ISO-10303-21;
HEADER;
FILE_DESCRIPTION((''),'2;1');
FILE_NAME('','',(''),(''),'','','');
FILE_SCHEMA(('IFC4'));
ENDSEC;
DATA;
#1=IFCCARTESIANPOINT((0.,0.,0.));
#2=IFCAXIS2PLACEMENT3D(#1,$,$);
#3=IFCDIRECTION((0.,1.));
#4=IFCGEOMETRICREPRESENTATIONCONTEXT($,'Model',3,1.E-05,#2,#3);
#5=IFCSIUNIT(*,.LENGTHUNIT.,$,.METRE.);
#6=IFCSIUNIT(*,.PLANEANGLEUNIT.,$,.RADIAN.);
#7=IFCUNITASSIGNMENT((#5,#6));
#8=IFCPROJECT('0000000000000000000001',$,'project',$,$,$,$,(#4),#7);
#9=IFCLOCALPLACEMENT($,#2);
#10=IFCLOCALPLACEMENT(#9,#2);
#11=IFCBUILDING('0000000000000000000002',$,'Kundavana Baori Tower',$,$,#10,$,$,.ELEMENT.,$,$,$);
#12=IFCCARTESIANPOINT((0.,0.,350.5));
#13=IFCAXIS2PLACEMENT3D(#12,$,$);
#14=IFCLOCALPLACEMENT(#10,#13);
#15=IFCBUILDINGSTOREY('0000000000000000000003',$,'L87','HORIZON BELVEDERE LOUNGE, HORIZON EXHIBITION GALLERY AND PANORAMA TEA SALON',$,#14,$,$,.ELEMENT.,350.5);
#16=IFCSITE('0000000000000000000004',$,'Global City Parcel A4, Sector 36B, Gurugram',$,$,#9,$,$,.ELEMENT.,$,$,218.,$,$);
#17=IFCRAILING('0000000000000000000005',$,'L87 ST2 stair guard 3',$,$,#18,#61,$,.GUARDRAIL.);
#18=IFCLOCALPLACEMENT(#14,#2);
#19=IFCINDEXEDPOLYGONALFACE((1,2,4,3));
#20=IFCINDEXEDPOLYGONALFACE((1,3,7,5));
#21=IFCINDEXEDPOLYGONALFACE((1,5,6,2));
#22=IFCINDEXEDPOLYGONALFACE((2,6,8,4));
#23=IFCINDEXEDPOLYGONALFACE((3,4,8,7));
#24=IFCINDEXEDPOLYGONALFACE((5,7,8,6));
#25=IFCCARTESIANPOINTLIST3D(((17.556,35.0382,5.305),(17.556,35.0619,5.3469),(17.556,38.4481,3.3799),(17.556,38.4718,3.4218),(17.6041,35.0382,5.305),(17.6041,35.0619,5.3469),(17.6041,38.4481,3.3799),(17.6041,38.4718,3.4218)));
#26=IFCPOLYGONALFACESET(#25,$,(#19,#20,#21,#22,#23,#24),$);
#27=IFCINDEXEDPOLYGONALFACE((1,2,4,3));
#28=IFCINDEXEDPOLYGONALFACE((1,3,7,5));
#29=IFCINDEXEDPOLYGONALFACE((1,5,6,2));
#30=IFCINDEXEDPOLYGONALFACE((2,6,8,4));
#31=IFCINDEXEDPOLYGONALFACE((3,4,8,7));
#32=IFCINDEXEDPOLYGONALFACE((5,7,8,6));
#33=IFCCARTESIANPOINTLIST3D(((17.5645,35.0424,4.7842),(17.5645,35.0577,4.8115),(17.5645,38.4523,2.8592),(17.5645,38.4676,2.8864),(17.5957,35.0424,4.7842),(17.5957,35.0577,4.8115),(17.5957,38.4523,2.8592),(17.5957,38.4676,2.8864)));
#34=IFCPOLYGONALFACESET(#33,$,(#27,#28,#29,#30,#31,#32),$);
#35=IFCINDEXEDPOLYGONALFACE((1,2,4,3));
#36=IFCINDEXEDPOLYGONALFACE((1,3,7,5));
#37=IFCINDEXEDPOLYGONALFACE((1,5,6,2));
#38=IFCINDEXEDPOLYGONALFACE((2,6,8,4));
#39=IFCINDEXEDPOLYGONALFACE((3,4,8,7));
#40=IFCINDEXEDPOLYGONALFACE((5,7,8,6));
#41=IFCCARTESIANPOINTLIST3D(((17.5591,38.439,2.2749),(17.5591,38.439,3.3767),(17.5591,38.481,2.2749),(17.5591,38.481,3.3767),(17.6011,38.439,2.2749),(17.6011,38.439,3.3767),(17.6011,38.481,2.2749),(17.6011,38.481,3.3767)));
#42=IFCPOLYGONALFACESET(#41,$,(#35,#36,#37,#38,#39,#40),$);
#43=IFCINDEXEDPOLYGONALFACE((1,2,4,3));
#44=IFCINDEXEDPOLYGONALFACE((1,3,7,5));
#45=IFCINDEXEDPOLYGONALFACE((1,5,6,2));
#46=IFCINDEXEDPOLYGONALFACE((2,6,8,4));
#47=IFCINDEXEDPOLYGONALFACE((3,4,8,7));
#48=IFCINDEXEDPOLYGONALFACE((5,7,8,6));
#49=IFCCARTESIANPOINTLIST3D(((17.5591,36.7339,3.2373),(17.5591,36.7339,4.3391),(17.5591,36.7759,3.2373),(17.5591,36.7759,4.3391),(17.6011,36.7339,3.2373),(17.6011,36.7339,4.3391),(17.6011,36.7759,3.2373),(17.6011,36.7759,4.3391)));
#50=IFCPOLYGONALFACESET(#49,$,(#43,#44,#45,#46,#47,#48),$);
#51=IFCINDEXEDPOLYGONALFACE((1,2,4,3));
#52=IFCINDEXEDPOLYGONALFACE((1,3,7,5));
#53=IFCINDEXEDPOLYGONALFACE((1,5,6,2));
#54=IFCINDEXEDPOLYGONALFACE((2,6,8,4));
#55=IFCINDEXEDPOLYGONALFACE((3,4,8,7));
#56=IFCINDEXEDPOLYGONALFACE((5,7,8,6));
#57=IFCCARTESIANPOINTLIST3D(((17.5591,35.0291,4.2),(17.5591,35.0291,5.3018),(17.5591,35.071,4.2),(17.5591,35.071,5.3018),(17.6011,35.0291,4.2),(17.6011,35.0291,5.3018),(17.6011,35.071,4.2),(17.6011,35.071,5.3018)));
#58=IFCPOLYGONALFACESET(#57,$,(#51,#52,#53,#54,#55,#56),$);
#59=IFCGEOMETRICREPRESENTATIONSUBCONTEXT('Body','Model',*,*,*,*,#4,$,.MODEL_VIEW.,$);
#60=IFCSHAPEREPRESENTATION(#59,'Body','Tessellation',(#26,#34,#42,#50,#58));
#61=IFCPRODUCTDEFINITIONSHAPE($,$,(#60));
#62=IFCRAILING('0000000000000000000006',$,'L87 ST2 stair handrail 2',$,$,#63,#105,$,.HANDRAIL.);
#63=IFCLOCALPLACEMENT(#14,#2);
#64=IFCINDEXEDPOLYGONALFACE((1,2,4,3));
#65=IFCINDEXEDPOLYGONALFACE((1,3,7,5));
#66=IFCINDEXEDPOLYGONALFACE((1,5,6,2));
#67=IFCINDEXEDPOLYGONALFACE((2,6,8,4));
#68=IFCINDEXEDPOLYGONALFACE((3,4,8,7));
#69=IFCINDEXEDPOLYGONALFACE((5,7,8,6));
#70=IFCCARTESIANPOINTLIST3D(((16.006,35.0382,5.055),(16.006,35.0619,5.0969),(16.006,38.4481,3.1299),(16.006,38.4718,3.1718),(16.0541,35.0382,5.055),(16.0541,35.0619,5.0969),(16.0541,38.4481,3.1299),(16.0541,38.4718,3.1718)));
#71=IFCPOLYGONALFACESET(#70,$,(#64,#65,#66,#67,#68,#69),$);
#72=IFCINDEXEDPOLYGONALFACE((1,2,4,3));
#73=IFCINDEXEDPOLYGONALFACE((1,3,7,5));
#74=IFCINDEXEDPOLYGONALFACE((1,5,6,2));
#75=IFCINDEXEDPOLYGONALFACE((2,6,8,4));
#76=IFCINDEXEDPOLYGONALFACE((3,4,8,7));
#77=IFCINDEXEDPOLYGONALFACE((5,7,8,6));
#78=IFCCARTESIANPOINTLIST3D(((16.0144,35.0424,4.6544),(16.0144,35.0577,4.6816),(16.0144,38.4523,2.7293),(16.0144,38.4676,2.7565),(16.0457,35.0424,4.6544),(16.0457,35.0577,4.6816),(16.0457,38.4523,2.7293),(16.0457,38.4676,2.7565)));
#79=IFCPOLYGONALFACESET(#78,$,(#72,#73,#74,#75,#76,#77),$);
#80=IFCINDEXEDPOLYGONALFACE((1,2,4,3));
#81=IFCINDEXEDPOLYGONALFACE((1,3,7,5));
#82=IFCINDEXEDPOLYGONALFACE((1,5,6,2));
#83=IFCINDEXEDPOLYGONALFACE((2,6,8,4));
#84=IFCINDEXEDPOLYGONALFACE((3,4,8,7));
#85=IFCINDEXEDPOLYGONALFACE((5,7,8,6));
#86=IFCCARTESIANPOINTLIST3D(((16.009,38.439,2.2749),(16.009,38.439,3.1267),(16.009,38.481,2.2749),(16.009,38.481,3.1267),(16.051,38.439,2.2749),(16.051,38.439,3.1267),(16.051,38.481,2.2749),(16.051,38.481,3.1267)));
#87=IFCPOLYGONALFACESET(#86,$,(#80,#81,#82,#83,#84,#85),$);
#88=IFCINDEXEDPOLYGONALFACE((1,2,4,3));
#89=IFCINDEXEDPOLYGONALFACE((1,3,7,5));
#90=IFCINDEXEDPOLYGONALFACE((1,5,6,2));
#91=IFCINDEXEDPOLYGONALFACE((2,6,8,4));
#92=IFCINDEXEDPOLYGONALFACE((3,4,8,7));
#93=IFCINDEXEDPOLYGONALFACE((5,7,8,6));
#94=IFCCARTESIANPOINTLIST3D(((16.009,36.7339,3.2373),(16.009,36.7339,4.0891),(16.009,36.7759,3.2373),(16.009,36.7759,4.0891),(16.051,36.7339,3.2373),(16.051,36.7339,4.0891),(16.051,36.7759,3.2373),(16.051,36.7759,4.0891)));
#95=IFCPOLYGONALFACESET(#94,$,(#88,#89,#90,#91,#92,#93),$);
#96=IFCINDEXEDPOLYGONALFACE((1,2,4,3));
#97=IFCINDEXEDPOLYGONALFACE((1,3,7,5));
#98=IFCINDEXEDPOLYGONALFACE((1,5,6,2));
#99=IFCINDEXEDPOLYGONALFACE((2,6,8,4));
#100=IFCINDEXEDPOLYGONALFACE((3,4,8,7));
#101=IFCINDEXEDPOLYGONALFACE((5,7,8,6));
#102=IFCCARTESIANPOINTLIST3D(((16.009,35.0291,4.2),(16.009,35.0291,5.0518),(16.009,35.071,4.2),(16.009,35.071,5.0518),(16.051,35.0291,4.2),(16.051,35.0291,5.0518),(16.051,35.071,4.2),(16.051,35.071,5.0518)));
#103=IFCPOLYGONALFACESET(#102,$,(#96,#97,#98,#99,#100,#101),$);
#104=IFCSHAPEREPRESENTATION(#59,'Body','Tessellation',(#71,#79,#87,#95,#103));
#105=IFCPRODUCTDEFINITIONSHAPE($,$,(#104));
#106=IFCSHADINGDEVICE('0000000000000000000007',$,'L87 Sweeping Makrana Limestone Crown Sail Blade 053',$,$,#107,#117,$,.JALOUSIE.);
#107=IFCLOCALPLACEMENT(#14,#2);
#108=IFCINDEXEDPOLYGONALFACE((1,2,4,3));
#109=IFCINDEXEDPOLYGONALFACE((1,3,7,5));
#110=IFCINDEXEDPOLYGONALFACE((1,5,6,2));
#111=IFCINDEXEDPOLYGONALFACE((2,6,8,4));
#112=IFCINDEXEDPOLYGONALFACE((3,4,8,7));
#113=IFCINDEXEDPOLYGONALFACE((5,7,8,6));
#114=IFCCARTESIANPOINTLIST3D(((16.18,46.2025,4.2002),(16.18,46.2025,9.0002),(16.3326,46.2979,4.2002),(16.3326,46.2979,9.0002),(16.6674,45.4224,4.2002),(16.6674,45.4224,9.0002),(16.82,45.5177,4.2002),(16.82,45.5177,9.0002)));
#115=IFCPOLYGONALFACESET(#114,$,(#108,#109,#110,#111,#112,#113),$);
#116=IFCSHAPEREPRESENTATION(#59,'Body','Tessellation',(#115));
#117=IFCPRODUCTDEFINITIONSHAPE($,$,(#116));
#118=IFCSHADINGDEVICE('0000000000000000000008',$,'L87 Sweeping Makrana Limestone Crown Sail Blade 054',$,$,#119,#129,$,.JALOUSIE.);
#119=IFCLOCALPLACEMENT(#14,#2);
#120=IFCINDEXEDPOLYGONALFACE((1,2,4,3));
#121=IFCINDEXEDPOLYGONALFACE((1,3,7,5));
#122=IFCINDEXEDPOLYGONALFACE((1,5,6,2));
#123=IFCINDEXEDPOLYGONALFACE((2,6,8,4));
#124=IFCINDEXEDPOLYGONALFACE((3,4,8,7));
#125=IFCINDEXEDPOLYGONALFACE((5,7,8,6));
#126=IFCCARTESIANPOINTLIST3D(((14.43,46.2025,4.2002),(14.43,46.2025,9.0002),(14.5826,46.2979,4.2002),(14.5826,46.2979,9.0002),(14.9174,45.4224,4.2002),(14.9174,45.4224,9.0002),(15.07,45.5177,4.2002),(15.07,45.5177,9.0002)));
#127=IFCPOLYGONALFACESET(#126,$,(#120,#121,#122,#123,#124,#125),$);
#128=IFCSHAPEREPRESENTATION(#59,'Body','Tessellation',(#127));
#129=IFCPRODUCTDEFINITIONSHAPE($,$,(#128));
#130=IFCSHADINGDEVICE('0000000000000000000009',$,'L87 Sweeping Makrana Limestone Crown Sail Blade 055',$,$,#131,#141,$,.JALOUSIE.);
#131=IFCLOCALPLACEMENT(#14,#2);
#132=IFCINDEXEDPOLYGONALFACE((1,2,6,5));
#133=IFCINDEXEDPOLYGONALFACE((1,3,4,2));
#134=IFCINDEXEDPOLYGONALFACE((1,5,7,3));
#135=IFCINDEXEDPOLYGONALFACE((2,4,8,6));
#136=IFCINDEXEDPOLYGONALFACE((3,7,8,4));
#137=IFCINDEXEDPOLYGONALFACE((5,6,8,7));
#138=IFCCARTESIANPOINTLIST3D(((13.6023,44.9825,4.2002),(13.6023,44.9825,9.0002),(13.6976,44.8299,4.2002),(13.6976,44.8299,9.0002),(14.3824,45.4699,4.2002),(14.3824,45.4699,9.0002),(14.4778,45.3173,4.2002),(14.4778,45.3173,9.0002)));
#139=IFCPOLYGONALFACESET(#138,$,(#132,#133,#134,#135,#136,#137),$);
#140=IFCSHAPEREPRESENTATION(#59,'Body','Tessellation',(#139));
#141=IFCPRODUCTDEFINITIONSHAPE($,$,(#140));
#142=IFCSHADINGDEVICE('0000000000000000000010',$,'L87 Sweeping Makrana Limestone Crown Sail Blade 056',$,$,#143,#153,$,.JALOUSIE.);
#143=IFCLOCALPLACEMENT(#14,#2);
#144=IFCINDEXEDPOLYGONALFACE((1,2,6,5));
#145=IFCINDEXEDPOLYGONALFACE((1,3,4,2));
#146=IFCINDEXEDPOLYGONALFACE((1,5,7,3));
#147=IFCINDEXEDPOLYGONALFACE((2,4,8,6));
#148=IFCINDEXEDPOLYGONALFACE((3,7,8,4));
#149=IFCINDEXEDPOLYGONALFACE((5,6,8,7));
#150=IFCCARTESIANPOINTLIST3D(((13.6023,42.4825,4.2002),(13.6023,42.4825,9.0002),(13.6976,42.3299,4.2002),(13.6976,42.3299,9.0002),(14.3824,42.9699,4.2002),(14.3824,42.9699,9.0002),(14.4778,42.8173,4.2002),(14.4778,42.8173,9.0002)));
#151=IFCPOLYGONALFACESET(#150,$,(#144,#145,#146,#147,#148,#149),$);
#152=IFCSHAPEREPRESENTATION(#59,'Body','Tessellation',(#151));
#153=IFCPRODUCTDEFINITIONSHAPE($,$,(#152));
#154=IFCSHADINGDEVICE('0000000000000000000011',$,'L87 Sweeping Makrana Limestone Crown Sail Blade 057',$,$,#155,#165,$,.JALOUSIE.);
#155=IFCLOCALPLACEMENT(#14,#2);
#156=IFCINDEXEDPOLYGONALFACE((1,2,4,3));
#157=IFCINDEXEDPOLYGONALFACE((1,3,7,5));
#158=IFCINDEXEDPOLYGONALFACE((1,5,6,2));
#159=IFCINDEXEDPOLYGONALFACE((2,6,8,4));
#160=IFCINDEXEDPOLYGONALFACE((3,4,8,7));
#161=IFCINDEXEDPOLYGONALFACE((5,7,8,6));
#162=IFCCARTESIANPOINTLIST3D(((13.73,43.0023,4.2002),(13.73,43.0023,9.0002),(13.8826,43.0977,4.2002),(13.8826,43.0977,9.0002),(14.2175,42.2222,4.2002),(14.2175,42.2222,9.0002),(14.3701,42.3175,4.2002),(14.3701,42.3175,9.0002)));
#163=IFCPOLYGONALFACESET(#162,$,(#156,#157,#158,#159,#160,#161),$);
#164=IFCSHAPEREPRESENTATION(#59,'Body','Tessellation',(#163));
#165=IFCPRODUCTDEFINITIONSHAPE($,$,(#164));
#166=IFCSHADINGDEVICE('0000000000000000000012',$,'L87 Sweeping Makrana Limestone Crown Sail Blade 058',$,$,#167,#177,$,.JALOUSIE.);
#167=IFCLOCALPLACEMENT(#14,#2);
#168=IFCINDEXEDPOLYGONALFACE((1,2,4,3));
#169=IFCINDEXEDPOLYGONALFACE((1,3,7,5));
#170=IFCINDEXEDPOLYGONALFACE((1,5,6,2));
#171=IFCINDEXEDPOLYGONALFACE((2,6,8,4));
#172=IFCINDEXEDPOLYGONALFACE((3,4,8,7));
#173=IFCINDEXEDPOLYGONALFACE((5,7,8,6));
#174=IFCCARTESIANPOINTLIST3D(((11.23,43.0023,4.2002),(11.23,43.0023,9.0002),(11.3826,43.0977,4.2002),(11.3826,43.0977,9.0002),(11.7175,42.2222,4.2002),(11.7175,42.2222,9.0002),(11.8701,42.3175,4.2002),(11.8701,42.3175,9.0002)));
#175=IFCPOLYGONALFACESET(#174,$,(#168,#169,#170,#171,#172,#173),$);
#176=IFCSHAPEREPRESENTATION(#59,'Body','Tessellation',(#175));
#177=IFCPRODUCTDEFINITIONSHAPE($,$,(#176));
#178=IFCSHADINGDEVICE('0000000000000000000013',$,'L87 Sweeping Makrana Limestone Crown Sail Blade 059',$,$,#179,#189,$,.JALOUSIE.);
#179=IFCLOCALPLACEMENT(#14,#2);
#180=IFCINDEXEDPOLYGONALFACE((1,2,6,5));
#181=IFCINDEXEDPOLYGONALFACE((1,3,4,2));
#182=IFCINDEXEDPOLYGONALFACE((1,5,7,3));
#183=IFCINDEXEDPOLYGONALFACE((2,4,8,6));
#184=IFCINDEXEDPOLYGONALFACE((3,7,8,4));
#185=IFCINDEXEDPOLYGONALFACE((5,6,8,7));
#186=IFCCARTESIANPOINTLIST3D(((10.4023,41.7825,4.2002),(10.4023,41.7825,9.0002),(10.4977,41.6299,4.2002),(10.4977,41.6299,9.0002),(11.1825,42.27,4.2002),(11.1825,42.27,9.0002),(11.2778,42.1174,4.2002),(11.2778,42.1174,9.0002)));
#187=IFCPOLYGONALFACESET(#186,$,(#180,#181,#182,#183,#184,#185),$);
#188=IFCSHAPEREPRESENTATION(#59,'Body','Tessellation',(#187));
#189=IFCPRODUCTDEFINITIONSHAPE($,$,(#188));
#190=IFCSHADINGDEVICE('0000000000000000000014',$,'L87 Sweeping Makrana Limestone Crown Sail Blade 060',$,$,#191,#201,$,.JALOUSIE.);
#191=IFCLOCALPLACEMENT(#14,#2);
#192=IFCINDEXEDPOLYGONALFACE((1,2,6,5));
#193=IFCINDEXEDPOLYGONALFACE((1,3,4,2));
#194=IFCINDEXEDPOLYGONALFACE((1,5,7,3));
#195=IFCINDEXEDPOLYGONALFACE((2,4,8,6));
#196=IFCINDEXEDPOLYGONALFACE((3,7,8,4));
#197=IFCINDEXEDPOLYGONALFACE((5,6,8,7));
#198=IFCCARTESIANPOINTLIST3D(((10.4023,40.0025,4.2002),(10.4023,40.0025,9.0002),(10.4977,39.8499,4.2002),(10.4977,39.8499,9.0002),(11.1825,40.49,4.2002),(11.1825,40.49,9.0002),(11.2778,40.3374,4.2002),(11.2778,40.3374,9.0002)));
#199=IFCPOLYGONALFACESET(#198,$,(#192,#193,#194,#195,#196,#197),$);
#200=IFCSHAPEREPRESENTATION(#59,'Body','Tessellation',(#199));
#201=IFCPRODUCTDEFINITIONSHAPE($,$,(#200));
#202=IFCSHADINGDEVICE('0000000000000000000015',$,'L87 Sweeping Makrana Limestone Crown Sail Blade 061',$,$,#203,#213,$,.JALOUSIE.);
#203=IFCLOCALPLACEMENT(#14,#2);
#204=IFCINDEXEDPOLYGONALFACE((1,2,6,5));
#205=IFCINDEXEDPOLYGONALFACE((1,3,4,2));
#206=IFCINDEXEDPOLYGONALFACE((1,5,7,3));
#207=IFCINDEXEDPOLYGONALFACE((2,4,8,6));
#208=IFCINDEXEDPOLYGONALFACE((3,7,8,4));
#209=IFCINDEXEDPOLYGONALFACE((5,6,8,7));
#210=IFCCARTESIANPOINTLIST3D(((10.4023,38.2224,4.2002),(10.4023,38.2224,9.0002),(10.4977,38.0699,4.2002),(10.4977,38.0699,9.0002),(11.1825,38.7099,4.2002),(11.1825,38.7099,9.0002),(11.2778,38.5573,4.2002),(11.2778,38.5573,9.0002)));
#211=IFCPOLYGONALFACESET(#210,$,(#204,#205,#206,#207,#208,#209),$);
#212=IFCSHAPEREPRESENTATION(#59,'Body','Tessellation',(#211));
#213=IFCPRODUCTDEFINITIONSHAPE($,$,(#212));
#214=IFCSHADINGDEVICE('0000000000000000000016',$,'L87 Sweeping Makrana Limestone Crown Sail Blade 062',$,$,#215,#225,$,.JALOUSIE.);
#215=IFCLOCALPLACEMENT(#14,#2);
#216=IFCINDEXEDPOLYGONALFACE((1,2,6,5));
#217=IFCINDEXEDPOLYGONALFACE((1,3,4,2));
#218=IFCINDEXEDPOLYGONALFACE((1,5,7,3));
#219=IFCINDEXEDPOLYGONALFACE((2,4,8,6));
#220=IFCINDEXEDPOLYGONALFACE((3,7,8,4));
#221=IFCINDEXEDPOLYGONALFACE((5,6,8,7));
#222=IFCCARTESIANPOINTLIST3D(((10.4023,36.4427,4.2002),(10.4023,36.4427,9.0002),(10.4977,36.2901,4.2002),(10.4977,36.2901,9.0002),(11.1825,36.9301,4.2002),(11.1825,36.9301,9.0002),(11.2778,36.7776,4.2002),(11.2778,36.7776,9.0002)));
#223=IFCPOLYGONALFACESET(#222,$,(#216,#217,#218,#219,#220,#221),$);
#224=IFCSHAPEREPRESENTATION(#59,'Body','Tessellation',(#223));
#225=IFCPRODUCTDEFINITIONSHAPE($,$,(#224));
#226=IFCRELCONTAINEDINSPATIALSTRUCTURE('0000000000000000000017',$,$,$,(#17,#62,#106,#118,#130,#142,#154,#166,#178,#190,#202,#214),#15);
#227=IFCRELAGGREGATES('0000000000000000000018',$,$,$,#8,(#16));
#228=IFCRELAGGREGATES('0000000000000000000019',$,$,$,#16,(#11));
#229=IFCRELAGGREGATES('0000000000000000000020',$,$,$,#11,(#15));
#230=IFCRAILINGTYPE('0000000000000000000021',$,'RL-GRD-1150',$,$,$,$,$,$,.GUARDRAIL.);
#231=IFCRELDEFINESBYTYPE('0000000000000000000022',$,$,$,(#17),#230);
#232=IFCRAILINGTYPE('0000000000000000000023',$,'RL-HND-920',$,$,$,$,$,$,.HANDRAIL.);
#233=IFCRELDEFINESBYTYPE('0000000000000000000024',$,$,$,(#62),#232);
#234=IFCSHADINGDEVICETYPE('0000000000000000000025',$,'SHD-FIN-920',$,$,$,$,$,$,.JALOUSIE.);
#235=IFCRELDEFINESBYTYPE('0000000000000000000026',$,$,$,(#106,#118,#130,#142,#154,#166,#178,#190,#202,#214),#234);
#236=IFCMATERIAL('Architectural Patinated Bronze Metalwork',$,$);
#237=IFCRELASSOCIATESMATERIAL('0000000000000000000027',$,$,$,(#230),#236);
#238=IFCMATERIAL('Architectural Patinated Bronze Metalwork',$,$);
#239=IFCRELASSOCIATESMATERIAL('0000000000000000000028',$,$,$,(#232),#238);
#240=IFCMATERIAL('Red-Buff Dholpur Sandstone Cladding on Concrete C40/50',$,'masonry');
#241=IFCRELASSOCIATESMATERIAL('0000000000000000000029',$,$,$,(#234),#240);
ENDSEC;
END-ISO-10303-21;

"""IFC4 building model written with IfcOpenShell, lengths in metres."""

from ifc_helpers import new_model, si_unit, direction, frame, origin, origin_2d, place, context, subcontext, project, spatial, rectangle, extrude, material, type_object, element, save


model = new_model("IFC4")

# Units and contexts
model_context = context("Model", 3, precision=1e-05, world=origin(), true_north=direction((0.0, 1.0)))
body_context = subcontext(model_context, "Body", "Model", "MODEL_VIEW")
ifc_project = project(units=[si_unit("LENGTHUNIT", "METRE"), si_unit("PLANEANGLEUNIT", "RADIAN")], contexts=[model_context])

# Site, building, storey
site_placement = place(None, origin())
site = spatial("IfcSite", under=ifc_project, at=site_placement, Name="Global City Parcel A4, Sector 36B, Gurugram", CompositionType="ELEMENT", RefElevation=218.0)
building_placement = place(site_placement, origin())
building = spatial("IfcBuilding", under=site, at=building_placement, Name="Kundavana Baori Tower", CompositionType="ELEMENT")
storey_placement = place(building_placement, frame((0.0, 0.0, 350.5)))
storey = spatial("IfcBuildingStorey", under=building, at=storey_placement, Name="L87", Description="HORIZON BELVEDERE LOUNGE, HORIZON EXHIBITION GALLERY AND PANORAMA TEA SALON", CompositionType="ELEMENT", Elevation=350.5)

# Railings
ifc_material_1 = material(Name="Architectural Patinated Bronze Metalwork")
railing_type_1 = type_object("IfcRailingType", Name="RL-GRD-1150", PredefinedType="GUARDRAIL", material=ifc_material_1)
railing_1_placement = place(storey_placement, frame((17.5801, 38.46, 2.2749)))
element("IfcRailing", 1, at=railing_1_placement, inside=storey, type_object=railing_type_1, Name="L87 ST2 stair guard 3", PredefinedType="GUARDRAIL", context=body_context, shape_type="SweptSolid", body=[
    extrude(rectangle(XDim=0.0481, YDim=0.0481, at=origin_2d()), frame((0.0, 0.0, 1.126), z_axis=(0.0, -0.870814, 0.491613), x_axis=(1.0, 0.0, 0.0)), (0.0, 0.0, 1.0), 3.9158),
    extrude(rectangle(XDim=0.0312, YDim=0.0312, at=origin_2d()), frame((0.0, 0.0, 0.5979), z_axis=(0.0, -0.870814, 0.491613), x_axis=(1.0, 0.0, 0.0)), (0.0, 0.0, 1.0), 3.9158),
    extrude(rectangle(XDim=0.042, YDim=0.042, at=origin_2d()), origin(), (0.0, 0.0, 1.0), 1.1018),
    extrude(rectangle(XDim=0.042, YDim=0.042, at=origin_2d()), frame((0.0, -1.7051, 0.9624)), (0.0, 0.0, 1.0), 1.1018),
    extrude(rectangle(XDim=0.042, YDim=0.042, at=origin_2d()), frame((0.0, -3.4099, 1.925)), (0.0, 0.0, 1.0), 1.1018),
])
ifc_material_2 = material(Name="Architectural Patinated Bronze Metalwork")
railing_type_2 = type_object("IfcRailingType", Name="RL-HND-920", PredefinedType="HANDRAIL", material=ifc_material_2)
railing_2_placement = place(storey_placement, frame((16.03, 38.46, 2.2749)))
element("IfcRailing", 2, at=railing_2_placement, inside=storey, type_object=railing_type_2, Name="L87 ST2 stair handrail 2", PredefinedType="HANDRAIL", context=body_context, shape_type="SweptSolid", body=[
    extrude(rectangle(XDim=0.0481, YDim=0.0481, at=origin_2d()), frame((0.0, 0.0, 0.876), z_axis=(0.0, -0.870814, 0.491613), x_axis=(1.0, 0.0, 0.0)), (0.0, 0.0, 1.0), 3.9158),
    extrude(rectangle(XDim=0.0312, YDim=0.0312, at=origin_2d()), frame((0.0, 0.0, 0.468), z_axis=(0.0, -0.870814, 0.491613), x_axis=(1.0, 0.0, 0.0)), (0.0, 0.0, 1.0), 3.9158),
    extrude(rectangle(XDim=0.042, YDim=0.042, at=origin_2d()), origin(), (0.0, 0.0, 1.0), 0.8518),
    extrude(rectangle(XDim=0.042, YDim=0.042, at=origin_2d()), frame((0.0, -1.7051, 0.9624)), (0.0, 0.0, 1.0), 0.8518),
    extrude(rectangle(XDim=0.042, YDim=0.042, at=origin_2d()), frame((0.0, -3.4099, 1.925)), (0.0, 0.0, 1.0), 0.8518),
])

# Shading devices
ifc_material_3 = material(Name="Red-Buff Dholpur Sandstone Cladding on Concrete C40/50", Category="masonry")
shading_device_type = type_object("IfcShadingDeviceType", Name="SHD-FIN-920", PredefinedType="JALOUSIE", material=ifc_material_3)
for number, where, z_axis, x_axis, name in (
    (3, (16.5, 45.8601, 4.2002), (0.0, 0.0, 1.0), (0.848048, 0.529919, 0.0), "L87 Sweeping Makrana Limestone Crown Sail Blade 053"),
    (4, (14.75, 45.8601, 4.2002), (0.0, 0.0, 1.0), (0.848048, 0.529919, 0.0), "L87 Sweeping Makrana Limestone Crown Sail Blade 054"),
    (5, (14.04, 45.1499, 4.2002), (0.0, 0.0, 1.0), (-0.529919, 0.848048, 0.0), "L87 Sweeping Makrana Limestone Crown Sail Blade 055"),
    (6, (14.04, 42.6499, 4.2002), (0.0, 0.0, 1.0), (-0.529919, 0.848048, 0.0), "L87 Sweeping Makrana Limestone Crown Sail Blade 056"),
    (7, (14.05, 42.6599, 4.2002), (0.0, 0.0, 1.0), (0.848048, 0.529919, 0.0), "L87 Sweeping Makrana Limestone Crown Sail Blade 057"),
    (8, (11.55, 42.6599, 4.2002), (0.0, 0.0, 1.0), (0.848048, 0.529919, 0.0), "L87 Sweeping Makrana Limestone Crown Sail Blade 058"),
    (9, (10.8401, 41.95, 4.2002), (0.0, 0.0, 1.0), (-0.529919, 0.848048, 0.0), "L87 Sweeping Makrana Limestone Crown Sail Blade 059"),
    (10, (10.8401, 40.1699, 4.2002), (0.0, 0.0, 1.0), (-0.529919, 0.848048, 0.0), "L87 Sweeping Makrana Limestone Crown Sail Blade 060"),
    (11, (10.8401, 38.3899, 4.2002), (0.0, 0.0, 1.0), (-0.529919, 0.848048, 0.0), "L87 Sweeping Makrana Limestone Crown Sail Blade 061"),
    (12, (10.8401, 36.6101, 4.2002), (0.0, 0.0, 1.0), (-0.529919, 0.848048, 0.0), "L87 Sweeping Makrana Limestone Crown Sail Blade 062"),
):
    element("IfcShadingDevice", number, at=place(storey_placement, frame(where, z_axis=z_axis, x_axis=x_axis)), inside=storey, type_object=shading_device_type, Name=name, PredefinedType="JALOUSIE", context=body_context, shape_type="SweptSolid", body=[
        extrude(rectangle(XDim=0.1799, YDim=0.9199, at=origin_2d()), origin(), (0.0, 0.0, 1.0), 4.8),
    ])

save(model, "model.ifc")
